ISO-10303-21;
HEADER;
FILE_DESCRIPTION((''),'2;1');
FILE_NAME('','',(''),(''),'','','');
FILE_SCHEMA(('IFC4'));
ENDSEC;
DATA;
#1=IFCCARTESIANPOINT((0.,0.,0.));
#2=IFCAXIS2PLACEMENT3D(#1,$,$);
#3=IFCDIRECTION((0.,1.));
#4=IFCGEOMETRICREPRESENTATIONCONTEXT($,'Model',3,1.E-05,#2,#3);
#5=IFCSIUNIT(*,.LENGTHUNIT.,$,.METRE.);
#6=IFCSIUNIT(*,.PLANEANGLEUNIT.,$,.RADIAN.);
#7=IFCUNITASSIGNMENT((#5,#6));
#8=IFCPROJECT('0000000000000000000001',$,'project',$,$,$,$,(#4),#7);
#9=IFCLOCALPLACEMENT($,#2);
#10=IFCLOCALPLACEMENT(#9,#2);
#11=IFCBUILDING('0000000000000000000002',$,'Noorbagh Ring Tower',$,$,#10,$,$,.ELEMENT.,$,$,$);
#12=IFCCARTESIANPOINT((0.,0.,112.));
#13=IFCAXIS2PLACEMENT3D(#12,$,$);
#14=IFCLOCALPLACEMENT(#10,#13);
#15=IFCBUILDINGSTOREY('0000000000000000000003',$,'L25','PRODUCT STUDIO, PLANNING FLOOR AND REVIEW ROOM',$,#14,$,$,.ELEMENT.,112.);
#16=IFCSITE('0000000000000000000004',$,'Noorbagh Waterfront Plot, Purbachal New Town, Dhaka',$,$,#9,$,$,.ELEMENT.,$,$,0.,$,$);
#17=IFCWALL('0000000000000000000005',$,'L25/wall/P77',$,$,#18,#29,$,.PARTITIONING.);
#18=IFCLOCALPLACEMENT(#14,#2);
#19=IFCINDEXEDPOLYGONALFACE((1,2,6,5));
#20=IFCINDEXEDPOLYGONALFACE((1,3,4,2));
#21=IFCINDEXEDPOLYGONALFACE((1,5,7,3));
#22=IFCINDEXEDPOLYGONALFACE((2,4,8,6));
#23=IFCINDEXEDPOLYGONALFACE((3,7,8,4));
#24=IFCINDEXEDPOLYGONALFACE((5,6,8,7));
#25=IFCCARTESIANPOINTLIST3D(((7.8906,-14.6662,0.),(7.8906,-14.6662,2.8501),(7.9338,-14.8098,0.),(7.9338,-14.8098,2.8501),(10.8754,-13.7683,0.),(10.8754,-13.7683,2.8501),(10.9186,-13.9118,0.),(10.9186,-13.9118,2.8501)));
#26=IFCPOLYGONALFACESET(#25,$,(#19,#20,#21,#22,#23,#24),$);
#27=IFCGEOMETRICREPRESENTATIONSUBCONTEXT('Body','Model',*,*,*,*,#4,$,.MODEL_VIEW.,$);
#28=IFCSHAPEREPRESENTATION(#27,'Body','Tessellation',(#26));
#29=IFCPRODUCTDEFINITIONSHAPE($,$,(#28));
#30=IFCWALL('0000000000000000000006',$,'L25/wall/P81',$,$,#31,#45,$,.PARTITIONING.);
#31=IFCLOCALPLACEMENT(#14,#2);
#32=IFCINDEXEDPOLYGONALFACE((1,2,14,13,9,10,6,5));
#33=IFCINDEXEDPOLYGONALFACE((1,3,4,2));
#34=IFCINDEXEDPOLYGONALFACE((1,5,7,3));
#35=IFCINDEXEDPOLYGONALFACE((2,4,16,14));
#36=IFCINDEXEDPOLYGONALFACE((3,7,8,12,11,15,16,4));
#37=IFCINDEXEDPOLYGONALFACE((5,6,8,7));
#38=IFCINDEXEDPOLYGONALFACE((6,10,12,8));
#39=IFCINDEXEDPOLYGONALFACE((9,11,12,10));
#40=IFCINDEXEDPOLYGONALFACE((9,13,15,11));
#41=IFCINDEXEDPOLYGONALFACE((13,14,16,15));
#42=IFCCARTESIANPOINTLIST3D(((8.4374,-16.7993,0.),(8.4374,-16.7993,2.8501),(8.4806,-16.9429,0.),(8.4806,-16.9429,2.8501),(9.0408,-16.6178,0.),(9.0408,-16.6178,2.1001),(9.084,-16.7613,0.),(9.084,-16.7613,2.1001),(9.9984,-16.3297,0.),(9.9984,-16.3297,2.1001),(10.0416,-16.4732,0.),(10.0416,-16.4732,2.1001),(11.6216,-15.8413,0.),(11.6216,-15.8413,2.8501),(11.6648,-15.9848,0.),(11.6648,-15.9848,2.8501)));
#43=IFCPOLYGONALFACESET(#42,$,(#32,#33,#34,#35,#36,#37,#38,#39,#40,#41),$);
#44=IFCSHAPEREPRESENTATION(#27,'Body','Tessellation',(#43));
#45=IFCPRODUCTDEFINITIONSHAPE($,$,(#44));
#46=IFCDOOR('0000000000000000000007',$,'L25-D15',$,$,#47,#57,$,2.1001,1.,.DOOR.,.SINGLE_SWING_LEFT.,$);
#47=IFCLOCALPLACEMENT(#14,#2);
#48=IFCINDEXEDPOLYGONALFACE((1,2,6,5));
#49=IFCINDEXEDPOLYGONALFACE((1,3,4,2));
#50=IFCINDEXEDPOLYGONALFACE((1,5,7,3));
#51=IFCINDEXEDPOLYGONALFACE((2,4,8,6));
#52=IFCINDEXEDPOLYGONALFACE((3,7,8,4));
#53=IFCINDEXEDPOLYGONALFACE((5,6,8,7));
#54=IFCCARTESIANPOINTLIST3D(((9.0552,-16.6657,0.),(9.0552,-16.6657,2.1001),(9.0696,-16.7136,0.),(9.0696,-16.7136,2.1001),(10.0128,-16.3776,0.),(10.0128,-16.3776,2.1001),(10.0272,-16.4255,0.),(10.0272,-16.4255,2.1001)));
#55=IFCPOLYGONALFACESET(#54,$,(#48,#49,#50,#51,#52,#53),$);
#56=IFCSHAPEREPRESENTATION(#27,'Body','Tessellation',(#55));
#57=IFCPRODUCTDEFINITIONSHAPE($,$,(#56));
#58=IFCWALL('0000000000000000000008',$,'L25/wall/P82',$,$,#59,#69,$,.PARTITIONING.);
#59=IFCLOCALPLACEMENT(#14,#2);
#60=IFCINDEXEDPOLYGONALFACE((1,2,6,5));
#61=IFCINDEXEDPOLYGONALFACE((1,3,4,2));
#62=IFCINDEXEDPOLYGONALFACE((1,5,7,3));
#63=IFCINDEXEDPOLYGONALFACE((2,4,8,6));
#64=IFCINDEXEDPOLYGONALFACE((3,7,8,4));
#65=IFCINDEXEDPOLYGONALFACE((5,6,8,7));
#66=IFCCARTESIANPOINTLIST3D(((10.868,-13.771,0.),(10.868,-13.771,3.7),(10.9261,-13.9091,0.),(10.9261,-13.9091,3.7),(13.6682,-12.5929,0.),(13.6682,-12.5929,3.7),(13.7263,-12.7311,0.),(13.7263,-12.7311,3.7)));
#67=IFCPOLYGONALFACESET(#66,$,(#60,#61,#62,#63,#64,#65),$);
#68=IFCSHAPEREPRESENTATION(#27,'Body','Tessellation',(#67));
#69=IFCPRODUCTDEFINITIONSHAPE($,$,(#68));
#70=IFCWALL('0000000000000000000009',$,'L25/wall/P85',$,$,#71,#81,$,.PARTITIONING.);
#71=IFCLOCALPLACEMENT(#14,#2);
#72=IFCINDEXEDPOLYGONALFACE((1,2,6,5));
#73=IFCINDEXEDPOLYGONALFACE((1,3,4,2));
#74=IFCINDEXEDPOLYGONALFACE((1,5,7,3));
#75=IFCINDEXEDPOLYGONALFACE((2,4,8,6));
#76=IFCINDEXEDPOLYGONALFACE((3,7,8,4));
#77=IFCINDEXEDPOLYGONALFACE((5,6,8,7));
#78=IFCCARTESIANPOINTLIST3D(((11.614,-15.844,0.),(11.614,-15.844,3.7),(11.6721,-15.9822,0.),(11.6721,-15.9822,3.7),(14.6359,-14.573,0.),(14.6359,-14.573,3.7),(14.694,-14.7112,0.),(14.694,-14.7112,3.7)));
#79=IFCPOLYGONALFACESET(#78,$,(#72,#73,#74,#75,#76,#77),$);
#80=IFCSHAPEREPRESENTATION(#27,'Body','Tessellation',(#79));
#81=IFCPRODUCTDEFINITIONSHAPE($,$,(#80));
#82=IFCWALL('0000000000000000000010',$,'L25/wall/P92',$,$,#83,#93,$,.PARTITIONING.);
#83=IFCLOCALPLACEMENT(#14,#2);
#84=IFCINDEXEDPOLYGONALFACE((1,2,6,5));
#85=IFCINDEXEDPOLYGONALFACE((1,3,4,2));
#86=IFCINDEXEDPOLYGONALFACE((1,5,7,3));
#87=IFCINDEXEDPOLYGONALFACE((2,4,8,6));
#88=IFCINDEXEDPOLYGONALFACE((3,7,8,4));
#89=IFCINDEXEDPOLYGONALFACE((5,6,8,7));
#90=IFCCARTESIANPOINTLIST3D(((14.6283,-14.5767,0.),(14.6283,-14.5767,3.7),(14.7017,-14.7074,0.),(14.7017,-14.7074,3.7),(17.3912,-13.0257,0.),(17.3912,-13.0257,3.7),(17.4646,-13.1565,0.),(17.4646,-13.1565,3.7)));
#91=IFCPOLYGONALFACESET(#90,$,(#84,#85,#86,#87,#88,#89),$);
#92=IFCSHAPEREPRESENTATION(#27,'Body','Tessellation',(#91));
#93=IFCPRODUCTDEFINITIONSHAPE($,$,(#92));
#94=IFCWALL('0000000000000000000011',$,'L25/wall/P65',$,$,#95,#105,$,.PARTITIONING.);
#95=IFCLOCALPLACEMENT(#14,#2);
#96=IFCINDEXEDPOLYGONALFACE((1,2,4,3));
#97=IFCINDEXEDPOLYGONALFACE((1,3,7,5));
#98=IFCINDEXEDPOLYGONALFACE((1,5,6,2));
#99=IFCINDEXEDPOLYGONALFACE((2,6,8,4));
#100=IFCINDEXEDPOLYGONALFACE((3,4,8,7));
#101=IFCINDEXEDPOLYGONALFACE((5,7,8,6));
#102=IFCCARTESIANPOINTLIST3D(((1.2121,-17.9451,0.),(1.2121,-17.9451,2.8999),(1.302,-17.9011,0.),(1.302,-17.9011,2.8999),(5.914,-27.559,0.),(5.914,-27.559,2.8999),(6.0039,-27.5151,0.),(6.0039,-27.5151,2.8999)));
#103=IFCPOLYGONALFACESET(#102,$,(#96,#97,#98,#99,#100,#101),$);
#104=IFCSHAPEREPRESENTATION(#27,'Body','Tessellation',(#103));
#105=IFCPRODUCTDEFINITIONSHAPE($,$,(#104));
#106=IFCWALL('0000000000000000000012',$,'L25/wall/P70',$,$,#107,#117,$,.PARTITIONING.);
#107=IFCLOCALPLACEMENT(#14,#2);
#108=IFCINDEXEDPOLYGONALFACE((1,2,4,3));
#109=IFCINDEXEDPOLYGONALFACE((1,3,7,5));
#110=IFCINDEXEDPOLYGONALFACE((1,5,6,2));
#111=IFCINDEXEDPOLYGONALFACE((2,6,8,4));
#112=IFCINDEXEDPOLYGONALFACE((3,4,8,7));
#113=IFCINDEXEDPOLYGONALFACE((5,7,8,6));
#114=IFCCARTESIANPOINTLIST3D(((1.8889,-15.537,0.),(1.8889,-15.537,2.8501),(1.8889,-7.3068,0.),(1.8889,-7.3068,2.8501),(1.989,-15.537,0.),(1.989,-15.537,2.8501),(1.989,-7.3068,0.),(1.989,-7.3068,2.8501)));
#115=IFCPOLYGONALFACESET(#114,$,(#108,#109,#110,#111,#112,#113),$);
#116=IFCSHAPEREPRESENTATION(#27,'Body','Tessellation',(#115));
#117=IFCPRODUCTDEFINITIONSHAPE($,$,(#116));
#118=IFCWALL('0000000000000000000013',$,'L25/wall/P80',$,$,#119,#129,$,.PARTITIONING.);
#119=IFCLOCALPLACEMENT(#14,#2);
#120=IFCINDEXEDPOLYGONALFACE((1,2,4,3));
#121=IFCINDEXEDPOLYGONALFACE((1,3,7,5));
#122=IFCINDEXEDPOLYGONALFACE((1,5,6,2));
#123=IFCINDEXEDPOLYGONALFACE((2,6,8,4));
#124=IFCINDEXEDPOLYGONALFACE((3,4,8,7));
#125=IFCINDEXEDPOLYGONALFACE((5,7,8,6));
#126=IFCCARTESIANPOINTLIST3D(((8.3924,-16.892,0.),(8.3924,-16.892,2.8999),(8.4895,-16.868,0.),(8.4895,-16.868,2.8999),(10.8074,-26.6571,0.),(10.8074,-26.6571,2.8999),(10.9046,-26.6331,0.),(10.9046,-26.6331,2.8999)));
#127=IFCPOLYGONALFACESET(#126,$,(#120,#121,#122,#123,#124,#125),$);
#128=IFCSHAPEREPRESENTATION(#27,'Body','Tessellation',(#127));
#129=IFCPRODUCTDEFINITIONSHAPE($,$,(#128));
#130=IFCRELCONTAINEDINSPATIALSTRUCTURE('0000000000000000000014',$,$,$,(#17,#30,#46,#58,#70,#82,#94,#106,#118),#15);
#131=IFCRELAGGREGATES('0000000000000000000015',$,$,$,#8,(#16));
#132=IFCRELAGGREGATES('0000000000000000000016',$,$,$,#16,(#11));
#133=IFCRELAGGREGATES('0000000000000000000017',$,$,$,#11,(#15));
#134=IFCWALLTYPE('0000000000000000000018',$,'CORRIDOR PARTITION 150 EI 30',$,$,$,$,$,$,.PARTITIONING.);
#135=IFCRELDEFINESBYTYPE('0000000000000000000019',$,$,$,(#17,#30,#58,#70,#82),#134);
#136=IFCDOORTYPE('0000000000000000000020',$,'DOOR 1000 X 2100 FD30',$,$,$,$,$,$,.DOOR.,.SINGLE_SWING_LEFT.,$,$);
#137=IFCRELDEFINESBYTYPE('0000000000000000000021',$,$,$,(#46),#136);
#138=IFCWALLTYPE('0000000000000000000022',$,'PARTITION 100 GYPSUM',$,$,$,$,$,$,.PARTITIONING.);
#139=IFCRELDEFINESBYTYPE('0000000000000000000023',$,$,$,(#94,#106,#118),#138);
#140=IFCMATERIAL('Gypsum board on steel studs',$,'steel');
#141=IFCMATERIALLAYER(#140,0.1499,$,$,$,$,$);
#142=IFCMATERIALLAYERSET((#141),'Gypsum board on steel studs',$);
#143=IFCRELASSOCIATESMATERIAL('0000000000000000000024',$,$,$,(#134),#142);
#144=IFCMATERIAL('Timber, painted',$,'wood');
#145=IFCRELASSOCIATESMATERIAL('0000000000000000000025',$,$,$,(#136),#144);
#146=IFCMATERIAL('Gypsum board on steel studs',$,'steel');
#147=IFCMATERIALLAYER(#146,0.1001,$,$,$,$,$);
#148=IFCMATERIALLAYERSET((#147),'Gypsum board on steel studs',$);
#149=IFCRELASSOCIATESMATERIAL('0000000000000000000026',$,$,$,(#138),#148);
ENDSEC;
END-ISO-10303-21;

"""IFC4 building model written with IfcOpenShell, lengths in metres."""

from ifc_helpers import new_model, si_unit, direction, frame, frame_2d, origin, place, context, subcontext, project, spatial, rectangle, extrude, material, layer, layer_set, type_object, element, fill, save


model = new_model("IFC4")

# Units and contexts
model_context = context("Model", 3, precision=1e-05, world=origin(), true_north=direction((0.0, 1.0)))
body_context = subcontext(model_context, "Body", "Model", "MODEL_VIEW")
ifc_project = project(units=[si_unit("LENGTHUNIT", "METRE"), si_unit("PLANEANGLEUNIT", "RADIAN")], contexts=[model_context])

# Site, building, storey
site_placement = place(None, origin())
site = spatial("IfcSite", under=ifc_project, at=site_placement, Name="Noorbagh Waterfront Plot, Purbachal New Town, Dhaka", CompositionType="ELEMENT", RefElevation=0.0)
building_placement = place(site_placement, origin())
building = spatial("IfcBuilding", under=site, at=building_placement, Name="Noorbagh Ring Tower", CompositionType="ELEMENT")
storey_placement = place(building_placement, frame((0.0, 0.0, 112.0)))
storey = spatial("IfcBuildingStorey", under=building, at=storey_placement, Name="L25", Description="PRODUCT STUDIO, PLANNING FLOOR AND REVIEW ROOM", CompositionType="ELEMENT", Elevation=112.0)

# Shared definitions
ifc_material_1 = material(Name="Gypsum board on steel studs", Category="steel")
ifc_layer_1 = layer(ifc_material_1, 0.1499)
ifc_layer_set_1 = layer_set([ifc_layer_1], Name="Gypsum board on steel studs")
wall_type_1 = type_object("IfcWallType", Name="CORRIDOR PARTITION 150 EI 30", PredefinedType="PARTITIONING", material=ifc_layer_set_1)

# Shared definitions
ifc_material_2 = material(Name="Timber, painted", Category="wood")
door_type = type_object("IfcDoorType", Name="DOOR 1000 X 2100 FD30", OperationType="SINGLE_SWING_LEFT", PredefinedType="DOOR", material=ifc_material_2)

# Wall
wall_1_placement = place(storey_placement, frame((7.9121, -14.738, 0.0), z_axis=(0.0, 0.0, 1.0), x_axis=(0.957606, 0.288081, 0.0)))
element("IfcWall", 1, at=wall_1_placement, inside=storey, type_object=wall_type_1, Name="L25/wall/P77", PredefinedType="PARTITIONING", context=body_context, shape_type="SweptSolid", body=[
    extrude(rectangle(XDim=3.1169, YDim=0.1499, at=frame_2d((1.5586, 0.0))), origin(), (0.0, 0.0, 1.0), 2.8501),
])

# Wall, opening, door
wall_2_placement = place(storey_placement, frame((8.459, -16.8711, 0.0), z_axis=(0.0, 0.0, 1.0), x_axis=(0.957596, 0.288116, 0.0)))
wall_2 = element("IfcWall", 2, at=wall_2_placement, inside=storey, type_object=wall_type_1, Name="L25/wall/P81", PredefinedType="PARTITIONING", context=body_context, shape_type="SweptSolid", body=[
    extrude(rectangle(XDim=3.3252, YDim=0.1499, at=frame_2d((1.6626, 0.0))), origin(), (0.0, 0.0, 1.0), 2.8501),
])
opening_1_placement = place(wall_2_placement, frame((0.6301, 0.0, 0.0)))
opening_1 = element("IfcOpeningElement", 3, at=opening_1_placement, cuts=wall_2, PredefinedType="OPENING", context=body_context, shape_type="SweptSolid", body=[
    extrude(rectangle(XDim=1.0, YDim=2.1001, at=frame_2d((0.5, 1.05))), frame((0.0, 0.085, 0.0), z_axis=(0.0, -1.0, 0.0), x_axis=(1.0, 0.0, 0.0)), (0.0, 0.0, 1.0), 0.1699),
])
door_1_placement = place(opening_1_placement, origin())
door_1 = element("IfcDoor", 4, at=door_1_placement, inside=storey, type_object=door_type, Name="L25-D15", OperationType="SINGLE_SWING_LEFT", OverallHeight=2.1001, OverallWidth=1.0, PredefinedType="DOOR", context=body_context, shape_type="SweptSolid", body=[
    extrude(rectangle(XDim=1.0, YDim=2.1001, at=frame_2d((0.5, 1.05))), frame((0.0, 0.0249, 0.0), z_axis=(0.0, -1.0, 0.0), x_axis=(1.0, 0.0, 0.0)), (0.0, 0.0, 1.0), 0.05),
])
fill(opening_1, door_1)

# Walls
wall_3_placement = place(storey_placement, frame((10.897, -13.8401, 0.0), z_axis=(0.0, 0.0, 1.0), x_axis=(0.921752, 0.38778, 0.0)))
element("IfcWall", 5, at=wall_3_placement, inside=storey, type_object=wall_type_1, Name="L25/wall/P82", PredefinedType="PARTITIONING", context=body_context, shape_type="SweptSolid", body=[
    extrude(rectangle(XDim=3.0378, YDim=0.1499, at=frame_2d((1.519, 0.0))), origin(), (0.0, 0.0, 1.0), 3.7),
])
wall_4_placement = place(storey_placement, frame((11.6431, -15.9131, 0.0), z_axis=(0.0, 0.0, 1.0), x_axis=(0.921789, 0.387691, 0.0)))
element("IfcWall", 6, at=wall_4_placement, inside=storey, type_object=wall_type_1, Name="L25/wall/P85", PredefinedType="PARTITIONING", context=body_context, shape_type="SweptSolid", body=[
    extrude(rectangle(XDim=3.2783, YDim=0.1499, at=frame_2d((1.6392, 0.0))), origin(), (0.0, 0.0, 1.0), 3.7),
])
wall_5_placement = place(storey_placement, frame((14.665, -14.6421, 0.0), z_axis=(0.0, 0.0, 1.0), x_axis=(0.871997, 0.489511, 0.0)))
element("IfcWall", 7, at=wall_5_placement, inside=storey, type_object=wall_type_1, Name="L25/wall/P92", PredefinedType="PARTITIONING", context=body_context, shape_type="SweptSolid", body=[
    extrude(rectangle(XDim=3.1685, YDim=0.1499, at=frame_2d((1.5842, 0.0))), origin(), (0.0, 0.0, 1.0), 3.7),
])
ifc_material_3 = material(Name="Gypsum board on steel studs", Category="steel")
ifc_layer_2 = layer(ifc_material_3, 0.1001)
ifc_layer_set_2 = layer_set([ifc_layer_2], Name="Gypsum board on steel studs")
wall_type_2 = type_object("IfcWallType", Name="PARTITION 100 GYPSUM", PredefinedType="PARTITIONING", material=ifc_layer_set_2)
wall_6_placement = place(storey_placement, frame((1.2571, -17.9231, 0.0), z_axis=(0.0, 0.0, 1.0), x_axis=(0.43934, -0.898321, 0.0)))
element("IfcWall", 8, at=wall_6_placement, inside=storey, type_object=wall_type_2, Name="L25/wall/P65", PredefinedType="PARTITIONING", context=body_context, shape_type="SweptSolid", body=[
    extrude(rectangle(XDim=10.7021, YDim=0.1001, at=frame_2d((5.3511, 0.0))), origin(), (0.0, 0.0, 1.0), 2.8999),
])
wall_7_placement = place(storey_placement, frame((1.939, -15.5371, 0.0), z_axis=(0.0, 0.0, 1.0), x_axis=(0.0, 1.0, 0.0)))
element("IfcWall", 9, at=wall_7_placement, inside=storey, type_object=wall_type_2, Name="L25/wall/P70", PredefinedType="PARTITIONING", context=body_context, shape_type="SweptSolid", body=[
    extrude(rectangle(XDim=8.2302, YDim=0.1001, at=frame_2d((4.1152, 0.0))), origin(), (0.0, 0.0, 1.0), 2.8501),
])
wall_8_placement = place(storey_placement, frame((8.4409, -16.8799, 0.0), z_axis=(0.0, 0.0, 1.0), x_axis=(0.240079, -0.970753, 0.0)))
element("IfcWall", 10, at=wall_8_placement, inside=storey, type_object=wall_type_2, Name="L25/wall/P80", PredefinedType="PARTITIONING", context=body_context, shape_type="SweptSolid", body=[
    extrude(rectangle(XDim=10.0593, YDim=0.1001, at=frame_2d((5.0298, 0.0))), origin(), (0.0, 0.0, 1.0), 2.8999),
])

save(model, "model.ifc")
